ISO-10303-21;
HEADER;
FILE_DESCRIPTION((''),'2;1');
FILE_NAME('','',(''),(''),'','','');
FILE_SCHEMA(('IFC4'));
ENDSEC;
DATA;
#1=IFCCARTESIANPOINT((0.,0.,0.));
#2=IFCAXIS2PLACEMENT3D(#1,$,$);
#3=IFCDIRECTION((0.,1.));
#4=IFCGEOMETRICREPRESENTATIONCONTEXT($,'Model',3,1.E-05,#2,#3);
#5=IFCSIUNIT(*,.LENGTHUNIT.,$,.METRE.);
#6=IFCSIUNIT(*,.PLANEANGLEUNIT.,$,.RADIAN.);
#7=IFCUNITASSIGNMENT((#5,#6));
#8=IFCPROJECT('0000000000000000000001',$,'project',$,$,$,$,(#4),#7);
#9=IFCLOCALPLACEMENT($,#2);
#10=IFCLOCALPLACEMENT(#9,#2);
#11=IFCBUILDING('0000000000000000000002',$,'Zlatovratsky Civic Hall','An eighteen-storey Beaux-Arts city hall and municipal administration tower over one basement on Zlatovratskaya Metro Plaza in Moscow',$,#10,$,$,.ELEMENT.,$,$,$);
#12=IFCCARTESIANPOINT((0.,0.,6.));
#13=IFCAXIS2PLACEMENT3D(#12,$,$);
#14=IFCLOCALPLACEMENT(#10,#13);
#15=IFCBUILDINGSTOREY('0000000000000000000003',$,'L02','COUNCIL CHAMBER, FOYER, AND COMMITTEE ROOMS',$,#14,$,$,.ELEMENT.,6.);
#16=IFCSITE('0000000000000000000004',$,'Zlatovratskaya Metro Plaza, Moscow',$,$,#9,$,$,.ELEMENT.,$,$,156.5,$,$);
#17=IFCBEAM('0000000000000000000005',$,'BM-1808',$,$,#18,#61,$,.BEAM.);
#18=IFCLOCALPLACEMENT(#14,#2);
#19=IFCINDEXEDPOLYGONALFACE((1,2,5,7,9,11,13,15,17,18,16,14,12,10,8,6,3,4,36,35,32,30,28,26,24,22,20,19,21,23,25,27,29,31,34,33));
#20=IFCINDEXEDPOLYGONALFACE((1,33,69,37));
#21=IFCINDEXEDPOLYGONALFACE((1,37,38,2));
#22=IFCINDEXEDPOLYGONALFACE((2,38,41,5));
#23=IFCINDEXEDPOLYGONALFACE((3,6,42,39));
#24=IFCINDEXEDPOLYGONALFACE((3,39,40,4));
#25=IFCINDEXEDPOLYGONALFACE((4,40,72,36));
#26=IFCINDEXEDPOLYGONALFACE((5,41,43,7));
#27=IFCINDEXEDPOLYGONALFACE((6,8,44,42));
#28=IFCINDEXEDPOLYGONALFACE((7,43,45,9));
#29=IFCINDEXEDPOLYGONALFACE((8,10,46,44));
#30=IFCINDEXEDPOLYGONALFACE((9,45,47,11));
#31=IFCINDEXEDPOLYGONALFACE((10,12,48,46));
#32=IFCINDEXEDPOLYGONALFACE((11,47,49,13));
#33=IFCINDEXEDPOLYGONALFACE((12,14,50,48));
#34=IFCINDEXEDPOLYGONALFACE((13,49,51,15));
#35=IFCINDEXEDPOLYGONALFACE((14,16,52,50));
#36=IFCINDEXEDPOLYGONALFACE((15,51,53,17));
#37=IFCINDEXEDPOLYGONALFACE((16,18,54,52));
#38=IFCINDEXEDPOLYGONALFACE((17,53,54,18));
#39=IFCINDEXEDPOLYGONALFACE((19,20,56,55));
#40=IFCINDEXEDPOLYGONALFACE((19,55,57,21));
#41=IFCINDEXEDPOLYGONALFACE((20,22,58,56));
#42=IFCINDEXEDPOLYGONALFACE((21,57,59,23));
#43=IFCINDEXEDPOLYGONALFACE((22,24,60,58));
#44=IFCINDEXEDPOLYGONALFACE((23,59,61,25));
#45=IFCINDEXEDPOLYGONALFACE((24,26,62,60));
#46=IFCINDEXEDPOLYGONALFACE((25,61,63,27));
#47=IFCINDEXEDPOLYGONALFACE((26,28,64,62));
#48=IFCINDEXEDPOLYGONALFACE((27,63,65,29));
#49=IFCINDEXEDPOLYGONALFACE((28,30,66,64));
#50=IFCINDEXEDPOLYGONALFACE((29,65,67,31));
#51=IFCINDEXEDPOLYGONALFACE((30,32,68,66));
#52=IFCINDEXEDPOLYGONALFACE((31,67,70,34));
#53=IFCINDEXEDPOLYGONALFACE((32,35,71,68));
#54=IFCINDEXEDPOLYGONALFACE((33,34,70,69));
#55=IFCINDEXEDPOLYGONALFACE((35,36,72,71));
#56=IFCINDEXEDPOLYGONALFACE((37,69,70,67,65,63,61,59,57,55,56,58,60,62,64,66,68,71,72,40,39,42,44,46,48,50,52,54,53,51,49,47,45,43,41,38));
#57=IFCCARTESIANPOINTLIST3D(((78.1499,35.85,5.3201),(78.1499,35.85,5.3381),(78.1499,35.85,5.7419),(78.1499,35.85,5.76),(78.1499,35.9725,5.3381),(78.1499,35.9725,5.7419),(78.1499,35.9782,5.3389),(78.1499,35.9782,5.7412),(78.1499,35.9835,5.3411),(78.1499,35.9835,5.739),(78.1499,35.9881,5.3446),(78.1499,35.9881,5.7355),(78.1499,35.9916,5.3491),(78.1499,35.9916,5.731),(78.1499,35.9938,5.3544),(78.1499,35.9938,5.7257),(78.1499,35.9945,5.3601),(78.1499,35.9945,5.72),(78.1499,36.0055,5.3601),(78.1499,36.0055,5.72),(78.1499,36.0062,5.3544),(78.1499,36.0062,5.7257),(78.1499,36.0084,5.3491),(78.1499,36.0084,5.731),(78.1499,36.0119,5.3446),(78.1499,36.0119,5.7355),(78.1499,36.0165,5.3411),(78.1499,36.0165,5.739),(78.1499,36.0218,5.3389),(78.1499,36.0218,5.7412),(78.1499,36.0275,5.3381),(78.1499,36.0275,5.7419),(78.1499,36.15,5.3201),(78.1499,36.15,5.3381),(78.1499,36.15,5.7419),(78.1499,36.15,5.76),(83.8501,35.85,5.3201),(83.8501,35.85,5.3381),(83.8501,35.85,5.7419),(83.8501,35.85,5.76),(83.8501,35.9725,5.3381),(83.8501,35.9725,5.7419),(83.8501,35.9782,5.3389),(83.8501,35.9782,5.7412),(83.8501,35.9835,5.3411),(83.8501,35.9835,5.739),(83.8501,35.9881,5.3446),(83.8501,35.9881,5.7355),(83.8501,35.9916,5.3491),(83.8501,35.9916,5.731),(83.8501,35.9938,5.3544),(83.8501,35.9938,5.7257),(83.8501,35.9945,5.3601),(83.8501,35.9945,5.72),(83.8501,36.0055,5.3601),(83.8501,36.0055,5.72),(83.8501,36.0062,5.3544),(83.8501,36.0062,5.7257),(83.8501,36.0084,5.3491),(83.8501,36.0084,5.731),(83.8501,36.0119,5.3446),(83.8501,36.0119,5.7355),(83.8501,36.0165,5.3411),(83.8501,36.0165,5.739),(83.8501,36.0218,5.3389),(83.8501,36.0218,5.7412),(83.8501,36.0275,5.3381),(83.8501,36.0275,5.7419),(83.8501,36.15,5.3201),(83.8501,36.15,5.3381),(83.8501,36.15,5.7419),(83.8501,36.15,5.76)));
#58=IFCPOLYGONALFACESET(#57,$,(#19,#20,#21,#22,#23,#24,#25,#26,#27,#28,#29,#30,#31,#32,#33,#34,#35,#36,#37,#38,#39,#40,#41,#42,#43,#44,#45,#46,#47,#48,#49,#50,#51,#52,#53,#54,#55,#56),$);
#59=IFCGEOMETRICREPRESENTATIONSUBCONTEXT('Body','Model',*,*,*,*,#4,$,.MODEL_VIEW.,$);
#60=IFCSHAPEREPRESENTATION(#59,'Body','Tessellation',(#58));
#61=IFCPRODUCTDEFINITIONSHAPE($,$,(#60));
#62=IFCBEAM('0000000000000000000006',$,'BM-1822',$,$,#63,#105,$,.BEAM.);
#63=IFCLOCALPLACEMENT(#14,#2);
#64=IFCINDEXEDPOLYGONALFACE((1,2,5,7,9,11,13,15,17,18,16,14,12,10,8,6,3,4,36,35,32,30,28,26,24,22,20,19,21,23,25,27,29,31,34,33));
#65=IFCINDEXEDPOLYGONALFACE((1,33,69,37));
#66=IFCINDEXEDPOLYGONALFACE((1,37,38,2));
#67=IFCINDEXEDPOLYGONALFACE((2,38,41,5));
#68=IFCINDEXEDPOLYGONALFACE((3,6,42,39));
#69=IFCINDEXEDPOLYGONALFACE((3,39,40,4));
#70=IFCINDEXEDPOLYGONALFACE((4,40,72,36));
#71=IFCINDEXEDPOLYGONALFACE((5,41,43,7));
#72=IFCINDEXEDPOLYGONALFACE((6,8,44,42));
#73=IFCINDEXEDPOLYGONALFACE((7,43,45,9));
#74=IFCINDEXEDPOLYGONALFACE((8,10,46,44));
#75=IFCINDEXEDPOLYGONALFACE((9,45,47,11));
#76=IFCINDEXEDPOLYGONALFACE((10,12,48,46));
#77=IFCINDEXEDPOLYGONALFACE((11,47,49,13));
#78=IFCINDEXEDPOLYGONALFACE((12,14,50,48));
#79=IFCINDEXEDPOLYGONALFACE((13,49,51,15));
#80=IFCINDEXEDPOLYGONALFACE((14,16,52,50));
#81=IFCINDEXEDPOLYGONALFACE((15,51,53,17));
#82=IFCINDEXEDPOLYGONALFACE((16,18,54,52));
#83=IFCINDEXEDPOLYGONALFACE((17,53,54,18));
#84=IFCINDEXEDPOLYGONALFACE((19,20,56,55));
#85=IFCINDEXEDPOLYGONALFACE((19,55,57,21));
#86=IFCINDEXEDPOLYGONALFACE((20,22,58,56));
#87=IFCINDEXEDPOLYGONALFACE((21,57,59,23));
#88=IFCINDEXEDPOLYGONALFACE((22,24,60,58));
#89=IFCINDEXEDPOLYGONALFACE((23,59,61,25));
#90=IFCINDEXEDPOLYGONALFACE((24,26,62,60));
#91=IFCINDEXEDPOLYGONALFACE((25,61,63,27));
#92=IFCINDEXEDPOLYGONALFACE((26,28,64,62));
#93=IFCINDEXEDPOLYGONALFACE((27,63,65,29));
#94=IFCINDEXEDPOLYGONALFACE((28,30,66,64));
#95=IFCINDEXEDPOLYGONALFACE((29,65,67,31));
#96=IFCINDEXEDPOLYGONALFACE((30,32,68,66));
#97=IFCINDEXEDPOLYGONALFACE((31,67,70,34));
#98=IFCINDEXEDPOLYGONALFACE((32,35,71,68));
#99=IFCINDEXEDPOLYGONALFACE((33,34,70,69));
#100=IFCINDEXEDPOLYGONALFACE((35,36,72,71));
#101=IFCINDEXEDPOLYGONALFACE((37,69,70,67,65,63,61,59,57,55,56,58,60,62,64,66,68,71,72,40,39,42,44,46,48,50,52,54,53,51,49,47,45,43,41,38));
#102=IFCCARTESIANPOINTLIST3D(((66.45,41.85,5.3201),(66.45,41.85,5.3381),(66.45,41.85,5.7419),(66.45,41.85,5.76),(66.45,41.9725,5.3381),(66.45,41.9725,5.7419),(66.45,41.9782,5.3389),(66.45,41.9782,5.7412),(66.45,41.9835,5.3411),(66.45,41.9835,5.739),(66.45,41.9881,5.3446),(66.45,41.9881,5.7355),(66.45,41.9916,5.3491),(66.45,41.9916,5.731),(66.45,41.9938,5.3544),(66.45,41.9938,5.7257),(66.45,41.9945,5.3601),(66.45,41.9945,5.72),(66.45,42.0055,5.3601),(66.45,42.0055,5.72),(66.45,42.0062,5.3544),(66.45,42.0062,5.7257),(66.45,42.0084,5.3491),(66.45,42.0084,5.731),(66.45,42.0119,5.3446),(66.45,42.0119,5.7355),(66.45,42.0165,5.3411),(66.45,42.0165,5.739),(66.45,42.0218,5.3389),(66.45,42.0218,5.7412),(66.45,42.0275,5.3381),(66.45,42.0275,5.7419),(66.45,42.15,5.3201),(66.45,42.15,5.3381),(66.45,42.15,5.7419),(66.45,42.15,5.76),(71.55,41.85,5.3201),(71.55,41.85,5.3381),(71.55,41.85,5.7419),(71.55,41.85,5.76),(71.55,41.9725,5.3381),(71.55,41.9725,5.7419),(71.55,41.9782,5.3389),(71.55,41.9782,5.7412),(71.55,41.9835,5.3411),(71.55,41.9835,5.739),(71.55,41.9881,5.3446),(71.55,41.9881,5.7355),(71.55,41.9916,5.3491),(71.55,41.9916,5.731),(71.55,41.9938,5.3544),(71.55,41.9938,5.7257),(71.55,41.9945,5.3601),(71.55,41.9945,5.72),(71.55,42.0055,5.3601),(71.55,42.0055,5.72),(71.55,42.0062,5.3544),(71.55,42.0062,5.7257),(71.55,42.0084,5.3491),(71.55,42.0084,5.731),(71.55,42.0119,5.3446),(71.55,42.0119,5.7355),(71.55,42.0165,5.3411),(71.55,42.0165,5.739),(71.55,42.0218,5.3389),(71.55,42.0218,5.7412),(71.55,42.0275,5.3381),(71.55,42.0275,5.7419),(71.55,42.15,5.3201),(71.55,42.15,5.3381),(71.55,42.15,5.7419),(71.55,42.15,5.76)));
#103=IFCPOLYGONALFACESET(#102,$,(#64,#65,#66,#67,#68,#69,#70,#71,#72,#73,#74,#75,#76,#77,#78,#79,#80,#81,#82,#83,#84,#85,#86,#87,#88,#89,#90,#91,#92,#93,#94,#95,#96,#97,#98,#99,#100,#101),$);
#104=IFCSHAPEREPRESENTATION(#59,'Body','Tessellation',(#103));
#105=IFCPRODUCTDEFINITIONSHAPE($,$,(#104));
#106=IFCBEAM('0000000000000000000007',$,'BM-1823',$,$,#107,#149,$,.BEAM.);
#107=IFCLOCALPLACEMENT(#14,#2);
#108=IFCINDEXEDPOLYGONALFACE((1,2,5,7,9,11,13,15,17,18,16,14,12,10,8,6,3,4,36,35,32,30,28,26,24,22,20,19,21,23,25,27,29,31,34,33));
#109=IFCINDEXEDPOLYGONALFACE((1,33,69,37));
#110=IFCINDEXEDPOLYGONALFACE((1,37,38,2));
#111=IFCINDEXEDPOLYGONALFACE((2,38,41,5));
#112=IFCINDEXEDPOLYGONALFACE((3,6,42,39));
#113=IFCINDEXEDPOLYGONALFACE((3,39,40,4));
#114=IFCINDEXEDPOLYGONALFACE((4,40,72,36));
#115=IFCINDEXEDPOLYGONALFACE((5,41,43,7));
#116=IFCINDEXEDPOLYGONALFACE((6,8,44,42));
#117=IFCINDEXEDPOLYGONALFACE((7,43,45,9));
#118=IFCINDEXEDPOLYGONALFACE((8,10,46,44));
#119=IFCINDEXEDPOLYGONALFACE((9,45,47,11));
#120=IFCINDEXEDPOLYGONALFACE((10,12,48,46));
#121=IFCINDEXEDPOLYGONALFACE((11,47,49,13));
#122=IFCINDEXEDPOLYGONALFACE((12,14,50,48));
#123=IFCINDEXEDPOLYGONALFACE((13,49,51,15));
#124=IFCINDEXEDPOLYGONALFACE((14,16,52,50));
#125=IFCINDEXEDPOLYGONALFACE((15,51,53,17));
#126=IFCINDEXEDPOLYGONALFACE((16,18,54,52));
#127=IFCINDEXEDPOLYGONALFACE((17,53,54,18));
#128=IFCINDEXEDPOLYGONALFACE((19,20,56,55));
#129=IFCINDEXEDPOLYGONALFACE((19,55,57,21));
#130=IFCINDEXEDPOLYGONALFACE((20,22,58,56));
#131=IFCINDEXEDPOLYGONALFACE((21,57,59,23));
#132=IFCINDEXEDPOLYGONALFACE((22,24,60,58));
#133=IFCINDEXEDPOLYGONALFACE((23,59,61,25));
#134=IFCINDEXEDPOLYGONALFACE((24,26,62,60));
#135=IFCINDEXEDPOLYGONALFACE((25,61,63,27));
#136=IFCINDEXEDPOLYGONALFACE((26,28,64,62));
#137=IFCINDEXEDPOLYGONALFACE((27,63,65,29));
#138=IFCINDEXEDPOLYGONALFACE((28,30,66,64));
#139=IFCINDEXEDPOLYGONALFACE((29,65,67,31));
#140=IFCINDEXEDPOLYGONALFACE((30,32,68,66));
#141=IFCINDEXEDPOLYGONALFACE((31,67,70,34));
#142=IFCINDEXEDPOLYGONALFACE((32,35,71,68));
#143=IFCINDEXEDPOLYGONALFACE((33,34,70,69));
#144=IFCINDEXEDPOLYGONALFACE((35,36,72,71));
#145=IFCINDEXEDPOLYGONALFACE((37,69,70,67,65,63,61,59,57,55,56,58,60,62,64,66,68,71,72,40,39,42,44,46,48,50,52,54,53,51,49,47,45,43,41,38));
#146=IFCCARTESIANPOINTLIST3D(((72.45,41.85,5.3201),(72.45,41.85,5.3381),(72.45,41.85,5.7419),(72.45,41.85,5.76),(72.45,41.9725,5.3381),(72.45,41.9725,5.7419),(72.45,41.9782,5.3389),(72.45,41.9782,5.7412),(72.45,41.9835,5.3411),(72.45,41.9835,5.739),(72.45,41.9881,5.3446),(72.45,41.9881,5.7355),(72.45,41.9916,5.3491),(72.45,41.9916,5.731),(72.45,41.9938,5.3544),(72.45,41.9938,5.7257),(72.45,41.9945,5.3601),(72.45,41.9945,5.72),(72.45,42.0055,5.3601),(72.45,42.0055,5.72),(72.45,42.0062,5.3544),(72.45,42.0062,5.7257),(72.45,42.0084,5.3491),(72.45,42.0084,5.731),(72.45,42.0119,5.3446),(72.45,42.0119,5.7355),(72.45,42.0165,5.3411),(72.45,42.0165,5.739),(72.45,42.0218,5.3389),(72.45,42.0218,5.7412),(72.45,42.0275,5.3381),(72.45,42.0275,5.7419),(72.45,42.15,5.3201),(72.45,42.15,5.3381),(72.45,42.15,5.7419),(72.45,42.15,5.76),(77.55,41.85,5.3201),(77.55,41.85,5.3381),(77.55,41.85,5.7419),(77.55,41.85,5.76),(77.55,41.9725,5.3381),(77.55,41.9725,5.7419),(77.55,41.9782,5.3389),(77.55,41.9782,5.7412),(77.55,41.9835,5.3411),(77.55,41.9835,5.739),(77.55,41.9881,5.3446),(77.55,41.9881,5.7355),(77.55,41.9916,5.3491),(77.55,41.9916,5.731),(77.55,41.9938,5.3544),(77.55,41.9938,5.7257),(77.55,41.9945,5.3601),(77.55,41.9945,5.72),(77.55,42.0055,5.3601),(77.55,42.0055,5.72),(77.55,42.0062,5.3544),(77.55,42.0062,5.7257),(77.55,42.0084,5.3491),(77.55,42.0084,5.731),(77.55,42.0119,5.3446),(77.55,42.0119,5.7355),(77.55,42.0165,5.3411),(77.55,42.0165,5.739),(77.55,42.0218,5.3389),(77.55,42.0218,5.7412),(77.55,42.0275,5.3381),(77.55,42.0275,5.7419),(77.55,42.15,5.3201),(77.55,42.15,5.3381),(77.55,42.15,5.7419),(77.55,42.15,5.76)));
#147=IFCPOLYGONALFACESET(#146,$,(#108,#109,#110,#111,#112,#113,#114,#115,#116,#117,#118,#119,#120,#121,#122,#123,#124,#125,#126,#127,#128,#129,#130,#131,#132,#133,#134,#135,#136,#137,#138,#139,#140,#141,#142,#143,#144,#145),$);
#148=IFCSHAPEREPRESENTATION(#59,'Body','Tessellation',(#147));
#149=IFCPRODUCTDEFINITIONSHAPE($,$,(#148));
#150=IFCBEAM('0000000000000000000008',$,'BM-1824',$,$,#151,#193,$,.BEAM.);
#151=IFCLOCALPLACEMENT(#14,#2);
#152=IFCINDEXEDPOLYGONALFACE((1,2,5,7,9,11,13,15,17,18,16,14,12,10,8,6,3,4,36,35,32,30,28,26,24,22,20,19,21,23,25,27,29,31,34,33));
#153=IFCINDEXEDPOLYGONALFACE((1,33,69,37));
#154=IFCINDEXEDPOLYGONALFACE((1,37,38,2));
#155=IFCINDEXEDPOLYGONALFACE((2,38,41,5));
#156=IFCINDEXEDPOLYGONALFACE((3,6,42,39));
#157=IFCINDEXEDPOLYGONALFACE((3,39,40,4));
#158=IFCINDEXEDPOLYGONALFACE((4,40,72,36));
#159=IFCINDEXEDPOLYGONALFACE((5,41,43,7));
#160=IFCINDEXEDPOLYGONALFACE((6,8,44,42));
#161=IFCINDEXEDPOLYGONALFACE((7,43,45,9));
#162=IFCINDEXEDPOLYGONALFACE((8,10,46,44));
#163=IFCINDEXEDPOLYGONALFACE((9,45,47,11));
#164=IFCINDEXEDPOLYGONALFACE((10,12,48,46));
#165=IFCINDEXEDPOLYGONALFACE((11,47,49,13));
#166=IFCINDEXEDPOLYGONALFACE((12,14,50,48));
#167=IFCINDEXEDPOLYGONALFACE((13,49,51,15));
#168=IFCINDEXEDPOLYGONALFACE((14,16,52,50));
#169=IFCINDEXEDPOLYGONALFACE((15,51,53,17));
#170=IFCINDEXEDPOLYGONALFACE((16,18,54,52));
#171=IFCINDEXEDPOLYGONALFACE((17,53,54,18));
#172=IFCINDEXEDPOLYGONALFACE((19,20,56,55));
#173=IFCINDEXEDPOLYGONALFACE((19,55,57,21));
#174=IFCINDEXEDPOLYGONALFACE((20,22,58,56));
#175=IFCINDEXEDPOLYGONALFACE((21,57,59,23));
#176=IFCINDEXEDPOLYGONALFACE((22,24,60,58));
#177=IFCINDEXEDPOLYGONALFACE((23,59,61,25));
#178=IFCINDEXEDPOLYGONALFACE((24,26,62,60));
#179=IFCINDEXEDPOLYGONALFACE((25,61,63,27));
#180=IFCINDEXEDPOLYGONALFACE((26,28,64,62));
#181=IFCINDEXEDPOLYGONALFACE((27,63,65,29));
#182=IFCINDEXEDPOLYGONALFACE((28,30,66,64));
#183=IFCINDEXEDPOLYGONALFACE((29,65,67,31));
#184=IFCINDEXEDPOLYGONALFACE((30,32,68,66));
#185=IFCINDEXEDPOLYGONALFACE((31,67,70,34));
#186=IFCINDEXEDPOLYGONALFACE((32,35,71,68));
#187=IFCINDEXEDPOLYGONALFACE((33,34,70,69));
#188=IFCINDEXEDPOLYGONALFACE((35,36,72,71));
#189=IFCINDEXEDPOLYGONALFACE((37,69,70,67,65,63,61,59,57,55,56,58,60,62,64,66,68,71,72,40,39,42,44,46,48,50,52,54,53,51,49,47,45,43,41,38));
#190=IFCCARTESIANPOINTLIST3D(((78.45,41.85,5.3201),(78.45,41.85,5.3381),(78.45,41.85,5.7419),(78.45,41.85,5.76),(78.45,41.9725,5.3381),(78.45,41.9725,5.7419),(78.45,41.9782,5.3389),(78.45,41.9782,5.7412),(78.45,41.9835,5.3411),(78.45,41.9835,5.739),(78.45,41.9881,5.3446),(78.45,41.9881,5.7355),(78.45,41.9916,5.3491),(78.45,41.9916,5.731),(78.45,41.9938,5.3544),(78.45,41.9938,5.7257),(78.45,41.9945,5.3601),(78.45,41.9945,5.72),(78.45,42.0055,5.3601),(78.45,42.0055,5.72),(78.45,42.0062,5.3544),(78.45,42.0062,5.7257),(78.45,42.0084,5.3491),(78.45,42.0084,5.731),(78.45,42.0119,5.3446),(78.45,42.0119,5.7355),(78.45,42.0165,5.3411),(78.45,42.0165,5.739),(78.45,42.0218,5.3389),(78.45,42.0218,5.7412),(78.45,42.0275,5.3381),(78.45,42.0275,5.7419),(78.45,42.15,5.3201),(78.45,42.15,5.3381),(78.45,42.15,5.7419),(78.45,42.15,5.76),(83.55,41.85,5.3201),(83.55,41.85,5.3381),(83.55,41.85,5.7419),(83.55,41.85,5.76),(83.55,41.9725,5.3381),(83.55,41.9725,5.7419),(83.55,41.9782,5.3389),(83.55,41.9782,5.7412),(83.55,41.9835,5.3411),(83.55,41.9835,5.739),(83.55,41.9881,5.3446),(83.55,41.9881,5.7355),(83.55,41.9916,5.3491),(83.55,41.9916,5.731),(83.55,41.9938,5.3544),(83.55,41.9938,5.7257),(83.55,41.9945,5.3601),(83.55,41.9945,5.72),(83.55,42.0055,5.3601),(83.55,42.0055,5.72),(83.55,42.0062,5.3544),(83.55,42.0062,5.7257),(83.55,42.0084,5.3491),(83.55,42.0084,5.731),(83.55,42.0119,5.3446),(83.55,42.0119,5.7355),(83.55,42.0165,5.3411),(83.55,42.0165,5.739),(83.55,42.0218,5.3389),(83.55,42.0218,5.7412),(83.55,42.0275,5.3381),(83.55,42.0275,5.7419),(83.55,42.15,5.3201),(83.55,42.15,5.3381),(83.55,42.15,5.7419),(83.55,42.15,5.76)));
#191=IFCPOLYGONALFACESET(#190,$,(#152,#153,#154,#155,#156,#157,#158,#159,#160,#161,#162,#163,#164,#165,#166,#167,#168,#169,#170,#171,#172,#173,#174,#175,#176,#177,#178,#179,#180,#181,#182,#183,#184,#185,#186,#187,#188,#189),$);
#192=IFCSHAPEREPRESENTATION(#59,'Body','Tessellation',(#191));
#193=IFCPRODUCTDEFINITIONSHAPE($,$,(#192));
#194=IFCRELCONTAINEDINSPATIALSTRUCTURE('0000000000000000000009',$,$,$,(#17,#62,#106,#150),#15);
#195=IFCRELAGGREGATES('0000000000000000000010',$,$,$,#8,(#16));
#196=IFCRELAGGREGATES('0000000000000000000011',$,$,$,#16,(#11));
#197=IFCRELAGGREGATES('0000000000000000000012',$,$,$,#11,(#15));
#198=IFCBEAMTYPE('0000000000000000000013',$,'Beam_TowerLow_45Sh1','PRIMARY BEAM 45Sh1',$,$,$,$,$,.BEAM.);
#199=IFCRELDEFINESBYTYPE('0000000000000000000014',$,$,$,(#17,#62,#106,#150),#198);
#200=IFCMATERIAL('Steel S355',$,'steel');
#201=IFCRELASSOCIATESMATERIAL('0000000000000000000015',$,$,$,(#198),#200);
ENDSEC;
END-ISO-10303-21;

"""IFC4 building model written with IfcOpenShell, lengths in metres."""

from ifc_helpers import new_model, si_unit, direction, frame, origin, origin_2d, place, context, subcontext, project, spatial, i_section, extrude, material, material_profile, profile_set, type_object, element, save


model = new_model("IFC4")

# Units and contexts
model_context = context("Model", 3, precision=1e-05, world=origin(), true_north=direction((0.0, 1.0)))
body_context = subcontext(model_context, "Body", "Model", "MODEL_VIEW")
ifc_project = project(units=[si_unit("LENGTHUNIT", "METRE"), si_unit("PLANEANGLEUNIT", "RADIAN")], contexts=[model_context])

# Site, building, storey
site_placement = place(None, origin())
site = spatial("IfcSite", under=ifc_project, at=site_placement, Name="Zlatovratskaya Metro Plaza, Moscow", CompositionType="ELEMENT", RefElevation=156.5)
building_placement = place(site_placement, origin())
building = spatial("IfcBuilding", under=site, at=building_placement, Name="Zlatovratsky Civic Hall", Description="An eighteen-storey Beaux-Arts city hall and municipal administration tower over one basement on Zlatovratskaya Metro Plaza in Moscow", CompositionType="ELEMENT")
storey_placement = place(building_placement, frame((0.0, 0.0, 6.0)))
storey = spatial("IfcBuildingStorey", under=building, at=storey_placement, Name="L02", Description="COUNCIL CHAMBER, FOYER, AND COMMITTEE ROOMS", CompositionType="ELEMENT", Elevation=6.0)

# Shared definitions
ifc_material_1 = material(Name="Steel S355", Category="steel")

# Beams
ifc_material_profile_1 = material_profile(ifc_material_1, i_section(OverallWidth=0.3, OverallDepth=0.4399, WebThickness=0.011, FlangeThickness=0.0181, FilletRadius=0.022, at=origin_2d()), Name="45Sh1")
ifc_profile_set_1 = profile_set([ifc_material_profile_1], Name="Steel S355")
beam_type = type_object("IfcBeamType", Name="Beam_TowerLow_45Sh1", Description="PRIMARY BEAM 45Sh1", PredefinedType="BEAM", material=ifc_profile_set_1)
for number, where, z_axis, x_axis, name in (
    (1, (78.1499, 36.0, 5.54), (1.0, 0.0, 0.0), (0.0, 1.0, 0.0), "BM-1808"),
):
    element("IfcBeam", number, at=place(storey_placement, frame(where, z_axis=z_axis, x_axis=x_axis)), inside=storey, type_object=beam_type, Name=name, PredefinedType="BEAM", context=body_context, shape_type="SweptSolid", body=[
        extrude(i_section(OverallWidth=0.3, OverallDepth=0.4399, WebThickness=0.011, FlangeThickness=0.0181, FilletRadius=0.022, at=origin_2d()), origin(), (0.0, 0.0, 1.0), 5.7002),
    ])
for number, where, z_axis, x_axis, name in (
    (2, (66.45, 42.0, 5.54), (1.0, 0.0, 0.0), (0.0, 1.0, 0.0), "BM-1822"),
    (3, (72.45, 42.0, 5.54), (1.0, 0.0, 0.0), (0.0, 1.0, 0.0), "BM-1823"),
    (4, (78.45, 42.0, 5.54), (1.0, 0.0, 0.0), (0.0, 1.0, 0.0), "BM-1824"),
):
    element("IfcBeam", number, at=place(storey_placement, frame(where, z_axis=z_axis, x_axis=x_axis)), inside=storey, type_object=beam_type, Name=name, PredefinedType="BEAM", context=body_context, shape_type="SweptSolid", body=[
        extrude(i_section(OverallWidth=0.3, OverallDepth=0.4399, WebThickness=0.011, FlangeThickness=0.0181, FilletRadius=0.022, at=origin_2d()), origin(), (0.0, 0.0, 1.0), 5.1001),
    ])

save(model, "model.ifc")
